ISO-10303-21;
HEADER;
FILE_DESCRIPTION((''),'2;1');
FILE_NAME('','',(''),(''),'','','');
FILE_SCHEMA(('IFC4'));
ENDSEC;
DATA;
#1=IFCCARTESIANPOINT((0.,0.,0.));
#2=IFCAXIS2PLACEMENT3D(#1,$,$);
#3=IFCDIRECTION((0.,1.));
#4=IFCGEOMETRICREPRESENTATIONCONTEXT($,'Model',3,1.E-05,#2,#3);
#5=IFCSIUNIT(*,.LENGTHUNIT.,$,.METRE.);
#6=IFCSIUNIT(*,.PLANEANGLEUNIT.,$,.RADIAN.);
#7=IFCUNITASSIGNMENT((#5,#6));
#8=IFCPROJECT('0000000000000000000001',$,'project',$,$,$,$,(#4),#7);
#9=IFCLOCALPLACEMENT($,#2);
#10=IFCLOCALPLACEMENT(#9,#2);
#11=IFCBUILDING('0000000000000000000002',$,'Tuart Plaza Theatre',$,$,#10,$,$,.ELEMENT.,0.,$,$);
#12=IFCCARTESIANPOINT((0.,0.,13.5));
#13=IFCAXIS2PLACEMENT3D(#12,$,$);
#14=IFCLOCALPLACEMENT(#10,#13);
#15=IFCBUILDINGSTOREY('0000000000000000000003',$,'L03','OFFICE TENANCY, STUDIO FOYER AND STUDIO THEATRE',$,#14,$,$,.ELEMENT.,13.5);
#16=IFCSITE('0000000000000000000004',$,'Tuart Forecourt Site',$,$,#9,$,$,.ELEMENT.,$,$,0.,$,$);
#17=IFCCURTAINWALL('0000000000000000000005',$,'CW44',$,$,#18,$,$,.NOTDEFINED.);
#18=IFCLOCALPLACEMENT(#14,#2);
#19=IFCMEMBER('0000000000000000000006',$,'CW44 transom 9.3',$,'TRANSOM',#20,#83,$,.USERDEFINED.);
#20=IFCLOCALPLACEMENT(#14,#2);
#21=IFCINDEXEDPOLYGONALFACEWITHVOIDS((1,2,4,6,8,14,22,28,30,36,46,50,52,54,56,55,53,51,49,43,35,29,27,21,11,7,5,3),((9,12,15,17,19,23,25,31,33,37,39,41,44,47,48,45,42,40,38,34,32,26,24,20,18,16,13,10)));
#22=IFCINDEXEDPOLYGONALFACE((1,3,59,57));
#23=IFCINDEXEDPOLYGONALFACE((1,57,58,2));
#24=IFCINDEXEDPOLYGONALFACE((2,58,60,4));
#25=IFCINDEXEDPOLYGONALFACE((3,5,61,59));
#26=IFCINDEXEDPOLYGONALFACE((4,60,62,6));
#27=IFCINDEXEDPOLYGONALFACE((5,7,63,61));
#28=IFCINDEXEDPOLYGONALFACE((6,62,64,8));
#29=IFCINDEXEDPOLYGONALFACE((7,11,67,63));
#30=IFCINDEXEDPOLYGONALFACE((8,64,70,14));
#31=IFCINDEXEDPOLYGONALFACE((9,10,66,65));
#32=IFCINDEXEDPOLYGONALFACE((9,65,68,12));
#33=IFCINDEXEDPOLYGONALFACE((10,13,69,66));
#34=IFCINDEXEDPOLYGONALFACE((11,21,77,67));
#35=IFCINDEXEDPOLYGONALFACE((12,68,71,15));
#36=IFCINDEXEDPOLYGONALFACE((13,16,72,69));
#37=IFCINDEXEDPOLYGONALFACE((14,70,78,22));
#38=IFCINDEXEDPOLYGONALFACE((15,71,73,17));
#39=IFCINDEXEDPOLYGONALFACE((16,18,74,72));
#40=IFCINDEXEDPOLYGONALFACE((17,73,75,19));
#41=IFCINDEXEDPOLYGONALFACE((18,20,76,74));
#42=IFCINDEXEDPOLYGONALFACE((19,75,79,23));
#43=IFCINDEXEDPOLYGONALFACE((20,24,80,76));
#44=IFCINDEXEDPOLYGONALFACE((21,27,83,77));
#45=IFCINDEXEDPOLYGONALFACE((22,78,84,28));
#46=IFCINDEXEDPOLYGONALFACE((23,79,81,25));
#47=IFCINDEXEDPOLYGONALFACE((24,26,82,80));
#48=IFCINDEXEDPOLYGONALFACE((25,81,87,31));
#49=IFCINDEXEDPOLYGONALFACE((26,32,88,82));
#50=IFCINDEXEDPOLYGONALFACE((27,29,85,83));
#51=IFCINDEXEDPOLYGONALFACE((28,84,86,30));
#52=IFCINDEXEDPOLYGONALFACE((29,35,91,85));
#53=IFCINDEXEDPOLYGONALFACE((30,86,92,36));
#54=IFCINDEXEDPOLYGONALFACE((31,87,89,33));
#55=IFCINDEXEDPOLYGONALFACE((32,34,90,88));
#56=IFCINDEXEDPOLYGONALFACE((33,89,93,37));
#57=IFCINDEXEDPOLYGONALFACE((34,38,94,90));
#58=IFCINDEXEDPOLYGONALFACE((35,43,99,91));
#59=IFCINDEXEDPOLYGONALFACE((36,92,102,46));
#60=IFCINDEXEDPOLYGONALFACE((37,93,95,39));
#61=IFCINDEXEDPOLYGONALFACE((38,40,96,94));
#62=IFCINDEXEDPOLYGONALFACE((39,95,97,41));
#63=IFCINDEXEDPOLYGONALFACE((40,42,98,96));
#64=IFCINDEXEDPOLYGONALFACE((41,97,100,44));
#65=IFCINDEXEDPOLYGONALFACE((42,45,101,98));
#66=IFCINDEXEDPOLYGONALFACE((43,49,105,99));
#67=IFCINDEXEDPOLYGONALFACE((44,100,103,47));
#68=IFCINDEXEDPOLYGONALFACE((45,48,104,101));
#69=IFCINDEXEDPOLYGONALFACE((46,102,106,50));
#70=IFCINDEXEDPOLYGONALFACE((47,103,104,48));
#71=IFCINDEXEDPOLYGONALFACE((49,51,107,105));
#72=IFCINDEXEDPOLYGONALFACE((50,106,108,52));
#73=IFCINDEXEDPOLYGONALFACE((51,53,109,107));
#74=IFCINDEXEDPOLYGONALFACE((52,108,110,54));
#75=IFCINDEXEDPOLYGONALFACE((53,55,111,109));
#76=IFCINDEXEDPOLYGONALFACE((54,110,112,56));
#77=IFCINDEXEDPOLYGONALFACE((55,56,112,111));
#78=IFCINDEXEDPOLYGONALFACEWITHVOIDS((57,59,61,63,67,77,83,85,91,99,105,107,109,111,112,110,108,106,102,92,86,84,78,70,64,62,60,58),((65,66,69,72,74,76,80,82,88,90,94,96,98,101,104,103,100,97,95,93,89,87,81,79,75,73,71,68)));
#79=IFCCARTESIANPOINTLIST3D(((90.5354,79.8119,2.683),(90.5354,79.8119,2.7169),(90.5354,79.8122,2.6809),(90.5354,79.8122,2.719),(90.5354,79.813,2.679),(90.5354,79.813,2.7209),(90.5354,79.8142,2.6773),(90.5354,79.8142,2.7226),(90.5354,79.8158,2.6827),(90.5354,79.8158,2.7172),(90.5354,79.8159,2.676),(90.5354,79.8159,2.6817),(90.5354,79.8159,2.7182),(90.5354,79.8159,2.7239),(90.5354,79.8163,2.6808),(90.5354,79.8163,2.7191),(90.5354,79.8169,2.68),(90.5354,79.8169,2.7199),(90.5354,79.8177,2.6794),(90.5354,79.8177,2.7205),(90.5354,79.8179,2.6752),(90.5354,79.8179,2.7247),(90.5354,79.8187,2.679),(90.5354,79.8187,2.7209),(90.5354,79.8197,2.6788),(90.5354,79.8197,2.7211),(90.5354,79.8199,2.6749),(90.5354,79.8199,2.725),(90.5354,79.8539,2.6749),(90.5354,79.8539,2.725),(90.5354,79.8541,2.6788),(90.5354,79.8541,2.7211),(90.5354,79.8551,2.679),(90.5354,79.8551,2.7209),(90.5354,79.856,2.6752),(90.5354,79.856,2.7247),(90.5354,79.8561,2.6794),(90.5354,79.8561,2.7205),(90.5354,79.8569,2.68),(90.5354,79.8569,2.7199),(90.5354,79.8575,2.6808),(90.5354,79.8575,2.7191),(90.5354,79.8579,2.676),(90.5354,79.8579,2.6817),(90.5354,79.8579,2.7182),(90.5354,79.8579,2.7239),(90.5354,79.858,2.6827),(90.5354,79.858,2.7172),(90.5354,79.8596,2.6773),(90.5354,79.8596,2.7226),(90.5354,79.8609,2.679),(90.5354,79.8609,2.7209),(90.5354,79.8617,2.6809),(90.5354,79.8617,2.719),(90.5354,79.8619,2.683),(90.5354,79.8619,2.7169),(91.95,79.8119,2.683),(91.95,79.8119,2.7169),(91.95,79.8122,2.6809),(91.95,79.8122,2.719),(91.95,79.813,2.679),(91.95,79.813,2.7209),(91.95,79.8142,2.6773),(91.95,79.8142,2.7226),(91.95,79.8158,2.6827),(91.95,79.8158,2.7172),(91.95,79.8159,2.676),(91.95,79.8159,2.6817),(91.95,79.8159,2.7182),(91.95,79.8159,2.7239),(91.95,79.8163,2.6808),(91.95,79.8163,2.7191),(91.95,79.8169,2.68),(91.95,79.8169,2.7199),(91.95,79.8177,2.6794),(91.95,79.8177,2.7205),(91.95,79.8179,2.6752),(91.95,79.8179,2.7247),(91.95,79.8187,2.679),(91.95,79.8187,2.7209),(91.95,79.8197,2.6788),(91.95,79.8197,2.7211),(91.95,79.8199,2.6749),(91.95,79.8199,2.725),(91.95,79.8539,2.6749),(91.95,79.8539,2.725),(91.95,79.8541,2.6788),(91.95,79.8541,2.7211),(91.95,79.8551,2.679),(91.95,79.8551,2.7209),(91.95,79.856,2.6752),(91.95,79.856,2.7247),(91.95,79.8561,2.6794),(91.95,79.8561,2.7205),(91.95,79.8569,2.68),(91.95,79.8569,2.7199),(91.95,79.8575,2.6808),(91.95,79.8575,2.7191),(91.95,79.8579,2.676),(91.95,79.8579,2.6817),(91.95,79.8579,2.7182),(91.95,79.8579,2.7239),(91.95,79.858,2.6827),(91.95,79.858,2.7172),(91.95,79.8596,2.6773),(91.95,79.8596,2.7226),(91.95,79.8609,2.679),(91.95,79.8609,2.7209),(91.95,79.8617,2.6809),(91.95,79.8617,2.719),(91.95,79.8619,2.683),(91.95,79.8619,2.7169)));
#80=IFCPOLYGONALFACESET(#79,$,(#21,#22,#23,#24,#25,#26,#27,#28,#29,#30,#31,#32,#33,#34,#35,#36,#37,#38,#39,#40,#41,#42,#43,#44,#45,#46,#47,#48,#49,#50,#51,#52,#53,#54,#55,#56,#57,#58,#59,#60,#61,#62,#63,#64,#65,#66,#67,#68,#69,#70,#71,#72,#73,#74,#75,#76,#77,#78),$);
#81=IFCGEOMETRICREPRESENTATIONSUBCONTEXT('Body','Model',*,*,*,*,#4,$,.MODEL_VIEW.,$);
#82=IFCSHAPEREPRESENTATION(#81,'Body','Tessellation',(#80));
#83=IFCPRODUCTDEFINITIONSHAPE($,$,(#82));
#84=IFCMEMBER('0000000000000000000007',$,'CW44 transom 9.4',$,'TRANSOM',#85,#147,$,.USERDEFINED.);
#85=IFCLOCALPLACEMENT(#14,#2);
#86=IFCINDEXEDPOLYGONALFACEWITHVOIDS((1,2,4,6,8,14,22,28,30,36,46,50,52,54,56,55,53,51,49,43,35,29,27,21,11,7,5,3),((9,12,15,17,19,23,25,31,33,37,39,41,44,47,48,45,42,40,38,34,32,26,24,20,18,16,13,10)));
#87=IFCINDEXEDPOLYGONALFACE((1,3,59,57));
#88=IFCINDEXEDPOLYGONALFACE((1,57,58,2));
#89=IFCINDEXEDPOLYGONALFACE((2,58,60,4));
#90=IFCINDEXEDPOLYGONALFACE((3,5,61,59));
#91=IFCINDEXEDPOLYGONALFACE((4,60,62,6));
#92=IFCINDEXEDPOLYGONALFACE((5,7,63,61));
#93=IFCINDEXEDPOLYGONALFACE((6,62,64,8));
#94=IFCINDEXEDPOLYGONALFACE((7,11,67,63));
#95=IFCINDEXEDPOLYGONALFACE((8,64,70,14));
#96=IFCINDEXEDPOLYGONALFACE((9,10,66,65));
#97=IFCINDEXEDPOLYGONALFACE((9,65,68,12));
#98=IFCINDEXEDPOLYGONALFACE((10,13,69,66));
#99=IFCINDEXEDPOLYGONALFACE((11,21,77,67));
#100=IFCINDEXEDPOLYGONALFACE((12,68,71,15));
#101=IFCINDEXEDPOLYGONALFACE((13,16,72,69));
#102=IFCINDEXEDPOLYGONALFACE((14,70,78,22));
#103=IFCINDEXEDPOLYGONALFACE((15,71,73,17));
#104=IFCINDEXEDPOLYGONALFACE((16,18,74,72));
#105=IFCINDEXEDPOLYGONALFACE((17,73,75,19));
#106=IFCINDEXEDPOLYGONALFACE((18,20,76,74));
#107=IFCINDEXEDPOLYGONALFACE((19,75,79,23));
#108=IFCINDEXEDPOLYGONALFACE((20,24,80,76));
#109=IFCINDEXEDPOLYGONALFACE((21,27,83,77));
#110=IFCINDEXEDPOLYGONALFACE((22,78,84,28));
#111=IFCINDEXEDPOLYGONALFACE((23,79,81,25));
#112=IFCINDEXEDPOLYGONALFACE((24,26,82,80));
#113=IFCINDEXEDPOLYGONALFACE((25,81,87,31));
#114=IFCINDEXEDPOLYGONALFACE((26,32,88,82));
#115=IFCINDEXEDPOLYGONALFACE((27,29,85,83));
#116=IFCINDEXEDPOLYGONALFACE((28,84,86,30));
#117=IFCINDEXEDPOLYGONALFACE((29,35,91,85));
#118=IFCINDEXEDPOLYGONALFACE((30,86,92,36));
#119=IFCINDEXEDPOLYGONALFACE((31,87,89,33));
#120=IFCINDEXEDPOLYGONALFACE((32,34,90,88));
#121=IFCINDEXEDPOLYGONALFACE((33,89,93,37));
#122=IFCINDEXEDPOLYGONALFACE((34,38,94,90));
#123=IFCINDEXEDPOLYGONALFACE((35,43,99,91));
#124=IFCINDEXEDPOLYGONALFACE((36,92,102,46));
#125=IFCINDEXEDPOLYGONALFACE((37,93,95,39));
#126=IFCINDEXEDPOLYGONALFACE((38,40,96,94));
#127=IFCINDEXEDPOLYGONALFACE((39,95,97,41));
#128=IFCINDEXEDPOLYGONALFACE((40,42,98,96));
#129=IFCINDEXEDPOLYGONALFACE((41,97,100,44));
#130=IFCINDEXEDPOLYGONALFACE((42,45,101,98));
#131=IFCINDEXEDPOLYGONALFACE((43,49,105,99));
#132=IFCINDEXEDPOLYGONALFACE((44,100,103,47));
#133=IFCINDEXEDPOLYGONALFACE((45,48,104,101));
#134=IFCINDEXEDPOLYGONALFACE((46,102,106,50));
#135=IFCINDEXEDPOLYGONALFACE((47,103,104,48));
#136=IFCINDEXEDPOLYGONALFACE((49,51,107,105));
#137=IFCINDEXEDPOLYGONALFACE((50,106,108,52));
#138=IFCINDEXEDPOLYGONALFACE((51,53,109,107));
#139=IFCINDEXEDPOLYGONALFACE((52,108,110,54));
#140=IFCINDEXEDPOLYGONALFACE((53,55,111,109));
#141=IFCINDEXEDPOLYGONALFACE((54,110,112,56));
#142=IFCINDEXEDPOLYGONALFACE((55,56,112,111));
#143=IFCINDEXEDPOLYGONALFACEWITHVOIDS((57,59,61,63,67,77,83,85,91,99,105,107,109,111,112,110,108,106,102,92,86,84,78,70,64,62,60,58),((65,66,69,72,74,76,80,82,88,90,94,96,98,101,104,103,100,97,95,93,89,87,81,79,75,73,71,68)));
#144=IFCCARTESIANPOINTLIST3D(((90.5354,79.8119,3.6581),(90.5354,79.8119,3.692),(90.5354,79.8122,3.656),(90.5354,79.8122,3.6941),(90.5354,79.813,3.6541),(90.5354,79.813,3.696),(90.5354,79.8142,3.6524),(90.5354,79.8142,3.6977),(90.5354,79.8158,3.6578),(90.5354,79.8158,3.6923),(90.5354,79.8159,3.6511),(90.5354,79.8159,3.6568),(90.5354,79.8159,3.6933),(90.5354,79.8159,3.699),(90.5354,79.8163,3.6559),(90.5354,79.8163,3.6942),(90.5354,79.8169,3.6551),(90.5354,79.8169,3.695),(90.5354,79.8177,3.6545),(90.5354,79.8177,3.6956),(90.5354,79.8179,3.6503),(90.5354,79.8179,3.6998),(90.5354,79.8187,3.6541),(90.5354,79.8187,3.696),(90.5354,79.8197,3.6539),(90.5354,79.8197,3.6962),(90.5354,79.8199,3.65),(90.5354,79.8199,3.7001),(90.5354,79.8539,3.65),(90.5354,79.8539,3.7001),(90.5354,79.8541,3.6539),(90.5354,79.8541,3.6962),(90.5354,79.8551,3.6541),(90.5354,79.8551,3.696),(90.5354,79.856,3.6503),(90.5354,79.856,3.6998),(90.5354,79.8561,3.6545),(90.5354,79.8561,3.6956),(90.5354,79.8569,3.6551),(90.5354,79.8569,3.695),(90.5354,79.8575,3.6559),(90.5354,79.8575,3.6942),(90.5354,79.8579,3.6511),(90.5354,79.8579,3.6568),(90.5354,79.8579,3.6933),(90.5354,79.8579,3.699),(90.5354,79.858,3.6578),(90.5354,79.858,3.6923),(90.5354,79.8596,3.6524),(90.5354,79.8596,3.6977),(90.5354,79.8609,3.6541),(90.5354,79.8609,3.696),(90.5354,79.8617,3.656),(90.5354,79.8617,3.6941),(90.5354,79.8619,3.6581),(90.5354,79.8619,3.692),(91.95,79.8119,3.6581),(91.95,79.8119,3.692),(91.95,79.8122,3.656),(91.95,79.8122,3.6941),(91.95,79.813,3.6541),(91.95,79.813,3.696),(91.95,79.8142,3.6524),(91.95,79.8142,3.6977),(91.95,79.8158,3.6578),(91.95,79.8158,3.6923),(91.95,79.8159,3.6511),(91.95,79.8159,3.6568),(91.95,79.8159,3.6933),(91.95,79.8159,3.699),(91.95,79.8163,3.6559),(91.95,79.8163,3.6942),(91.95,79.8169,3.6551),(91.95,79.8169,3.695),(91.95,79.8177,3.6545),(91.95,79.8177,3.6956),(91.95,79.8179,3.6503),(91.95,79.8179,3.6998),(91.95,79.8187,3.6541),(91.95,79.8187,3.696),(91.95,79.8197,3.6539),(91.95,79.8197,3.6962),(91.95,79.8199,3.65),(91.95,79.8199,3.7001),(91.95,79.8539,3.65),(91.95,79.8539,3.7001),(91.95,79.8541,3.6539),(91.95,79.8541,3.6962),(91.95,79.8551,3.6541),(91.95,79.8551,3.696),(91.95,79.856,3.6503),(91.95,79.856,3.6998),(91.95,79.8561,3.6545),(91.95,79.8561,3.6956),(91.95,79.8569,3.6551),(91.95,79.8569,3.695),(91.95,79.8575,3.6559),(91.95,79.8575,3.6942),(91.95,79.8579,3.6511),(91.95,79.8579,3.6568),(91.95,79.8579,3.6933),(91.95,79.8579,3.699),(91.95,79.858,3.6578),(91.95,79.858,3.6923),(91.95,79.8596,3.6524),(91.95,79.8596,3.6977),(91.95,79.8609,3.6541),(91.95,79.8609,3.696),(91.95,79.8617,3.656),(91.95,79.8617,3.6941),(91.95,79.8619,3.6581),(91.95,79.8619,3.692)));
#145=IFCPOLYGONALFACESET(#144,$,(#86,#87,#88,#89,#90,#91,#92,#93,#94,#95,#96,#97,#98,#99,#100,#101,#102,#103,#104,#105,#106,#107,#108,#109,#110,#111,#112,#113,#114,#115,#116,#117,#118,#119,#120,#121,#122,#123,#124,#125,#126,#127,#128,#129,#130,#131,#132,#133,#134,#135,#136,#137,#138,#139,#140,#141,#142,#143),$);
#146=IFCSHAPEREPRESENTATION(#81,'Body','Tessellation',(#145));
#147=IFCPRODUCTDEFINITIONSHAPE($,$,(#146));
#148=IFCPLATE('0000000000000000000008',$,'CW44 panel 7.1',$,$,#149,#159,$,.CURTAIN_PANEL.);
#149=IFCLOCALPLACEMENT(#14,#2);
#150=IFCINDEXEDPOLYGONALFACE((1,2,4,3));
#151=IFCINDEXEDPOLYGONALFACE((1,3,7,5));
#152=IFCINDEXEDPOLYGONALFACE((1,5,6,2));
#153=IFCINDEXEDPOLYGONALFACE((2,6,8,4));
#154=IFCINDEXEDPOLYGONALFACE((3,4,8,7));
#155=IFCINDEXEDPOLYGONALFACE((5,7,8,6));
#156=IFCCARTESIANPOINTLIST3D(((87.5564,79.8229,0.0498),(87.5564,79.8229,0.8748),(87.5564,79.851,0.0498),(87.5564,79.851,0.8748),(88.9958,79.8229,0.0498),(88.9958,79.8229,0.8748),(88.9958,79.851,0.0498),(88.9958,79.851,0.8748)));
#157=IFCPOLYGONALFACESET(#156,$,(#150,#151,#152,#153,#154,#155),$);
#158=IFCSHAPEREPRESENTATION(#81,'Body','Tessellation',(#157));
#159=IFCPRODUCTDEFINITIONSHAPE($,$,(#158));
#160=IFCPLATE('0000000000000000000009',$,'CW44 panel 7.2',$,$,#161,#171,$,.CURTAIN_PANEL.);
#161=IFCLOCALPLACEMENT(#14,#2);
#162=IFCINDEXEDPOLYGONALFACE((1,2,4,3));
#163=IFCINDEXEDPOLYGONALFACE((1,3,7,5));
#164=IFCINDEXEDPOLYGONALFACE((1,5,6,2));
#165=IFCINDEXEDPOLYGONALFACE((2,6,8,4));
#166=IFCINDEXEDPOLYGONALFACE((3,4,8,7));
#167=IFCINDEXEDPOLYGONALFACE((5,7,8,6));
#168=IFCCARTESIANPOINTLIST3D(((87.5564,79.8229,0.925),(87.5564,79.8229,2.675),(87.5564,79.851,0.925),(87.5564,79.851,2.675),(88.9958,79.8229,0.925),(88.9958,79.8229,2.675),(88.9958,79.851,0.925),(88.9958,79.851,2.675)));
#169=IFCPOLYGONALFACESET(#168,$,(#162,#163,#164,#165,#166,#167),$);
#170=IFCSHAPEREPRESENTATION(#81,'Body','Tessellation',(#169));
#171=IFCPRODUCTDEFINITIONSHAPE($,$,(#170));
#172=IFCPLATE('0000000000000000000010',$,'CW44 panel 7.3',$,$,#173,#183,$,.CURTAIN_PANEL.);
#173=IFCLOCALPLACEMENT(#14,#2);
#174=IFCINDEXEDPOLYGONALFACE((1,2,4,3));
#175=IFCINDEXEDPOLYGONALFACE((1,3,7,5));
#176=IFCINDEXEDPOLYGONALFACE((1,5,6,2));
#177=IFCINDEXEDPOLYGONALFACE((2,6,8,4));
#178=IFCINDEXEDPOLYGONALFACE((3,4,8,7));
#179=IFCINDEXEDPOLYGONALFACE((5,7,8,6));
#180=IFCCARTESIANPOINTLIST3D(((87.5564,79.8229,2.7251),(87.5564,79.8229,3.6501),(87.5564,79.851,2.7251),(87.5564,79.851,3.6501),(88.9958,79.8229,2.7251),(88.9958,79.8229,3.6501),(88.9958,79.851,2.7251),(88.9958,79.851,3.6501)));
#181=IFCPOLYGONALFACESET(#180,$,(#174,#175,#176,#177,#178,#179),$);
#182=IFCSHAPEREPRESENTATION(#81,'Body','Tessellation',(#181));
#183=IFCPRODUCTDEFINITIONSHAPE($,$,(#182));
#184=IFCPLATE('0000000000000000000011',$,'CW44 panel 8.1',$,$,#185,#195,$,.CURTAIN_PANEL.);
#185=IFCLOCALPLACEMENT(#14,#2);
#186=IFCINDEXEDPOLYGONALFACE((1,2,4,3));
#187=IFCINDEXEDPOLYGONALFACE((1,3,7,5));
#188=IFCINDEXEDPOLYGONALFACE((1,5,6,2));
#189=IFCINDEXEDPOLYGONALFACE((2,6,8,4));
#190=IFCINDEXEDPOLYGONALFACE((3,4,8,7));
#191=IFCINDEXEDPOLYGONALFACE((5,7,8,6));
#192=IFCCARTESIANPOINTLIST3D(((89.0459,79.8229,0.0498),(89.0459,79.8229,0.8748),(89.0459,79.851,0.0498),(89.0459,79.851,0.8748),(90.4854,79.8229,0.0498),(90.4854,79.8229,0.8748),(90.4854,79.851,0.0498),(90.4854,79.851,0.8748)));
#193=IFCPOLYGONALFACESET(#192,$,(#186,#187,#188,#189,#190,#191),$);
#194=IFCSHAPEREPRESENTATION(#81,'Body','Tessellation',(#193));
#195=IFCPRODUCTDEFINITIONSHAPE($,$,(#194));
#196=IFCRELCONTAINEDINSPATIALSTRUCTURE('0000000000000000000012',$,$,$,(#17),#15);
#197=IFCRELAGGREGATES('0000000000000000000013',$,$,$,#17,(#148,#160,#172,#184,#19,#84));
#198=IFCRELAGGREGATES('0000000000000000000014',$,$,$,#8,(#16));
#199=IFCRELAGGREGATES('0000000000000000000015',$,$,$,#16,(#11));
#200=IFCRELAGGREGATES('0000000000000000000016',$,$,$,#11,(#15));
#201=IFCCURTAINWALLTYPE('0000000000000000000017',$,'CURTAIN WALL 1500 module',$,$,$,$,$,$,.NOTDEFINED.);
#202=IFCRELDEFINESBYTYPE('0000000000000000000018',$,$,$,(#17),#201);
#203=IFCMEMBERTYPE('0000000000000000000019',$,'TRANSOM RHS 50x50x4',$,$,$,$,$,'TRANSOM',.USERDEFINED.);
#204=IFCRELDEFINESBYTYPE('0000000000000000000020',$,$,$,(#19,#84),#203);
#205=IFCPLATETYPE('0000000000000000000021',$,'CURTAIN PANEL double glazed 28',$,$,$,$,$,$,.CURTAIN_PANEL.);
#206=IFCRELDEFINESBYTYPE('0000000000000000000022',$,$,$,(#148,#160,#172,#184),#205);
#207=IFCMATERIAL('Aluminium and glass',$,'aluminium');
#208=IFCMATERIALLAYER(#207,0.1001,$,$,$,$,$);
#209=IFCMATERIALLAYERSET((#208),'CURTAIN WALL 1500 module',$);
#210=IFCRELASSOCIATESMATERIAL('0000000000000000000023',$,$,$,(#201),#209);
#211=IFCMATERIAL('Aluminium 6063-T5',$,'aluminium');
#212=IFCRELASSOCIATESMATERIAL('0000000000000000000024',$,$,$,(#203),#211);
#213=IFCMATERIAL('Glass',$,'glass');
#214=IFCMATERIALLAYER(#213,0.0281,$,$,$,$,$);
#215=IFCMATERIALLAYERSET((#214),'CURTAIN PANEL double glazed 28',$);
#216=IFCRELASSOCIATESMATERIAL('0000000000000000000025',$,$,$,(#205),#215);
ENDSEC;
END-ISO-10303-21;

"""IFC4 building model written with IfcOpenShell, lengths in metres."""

from ifc_helpers import new_model, si_unit, direction, frame, origin, origin_2d, place, context, subcontext, project, spatial, rectangle, hollow_rectangle, extrude, material, layer, layer_set, material_profile, profile_set, type_object, element, aggregate, save


model = new_model("IFC4")

# Units and contexts
model_context = context("Model", 3, precision=1e-05, world=origin(), true_north=direction((0.0, 1.0)))
body_context = subcontext(model_context, "Body", "Model", "MODEL_VIEW")
ifc_project = project(units=[si_unit("LENGTHUNIT", "METRE"), si_unit("PLANEANGLEUNIT", "RADIAN")], contexts=[model_context])

# Site, building, storey
site_placement = place(None, origin())
site = spatial("IfcSite", under=ifc_project, at=site_placement, Name="Tuart Forecourt Site", CompositionType="ELEMENT", RefElevation=0.0)
building_placement = place(site_placement, origin())
building = spatial("IfcBuilding", under=site, at=building_placement, Name="Tuart Plaza Theatre", CompositionType="ELEMENT", ElevationOfRefHeight=0.0)
storey_placement = place(building_placement, frame((0.0, 0.0, 13.5)))
storey = spatial("IfcBuildingStorey", under=building, at=storey_placement, Name="L03", Description="OFFICE TENANCY, STUDIO FOYER AND STUDIO THEATRE", CompositionType="ELEMENT", Elevation=13.5)

# Curtain wall, members, plates
ifc_material_1 = material(Name="Aluminium and glass", Category="aluminium")
ifc_layer_1 = layer(ifc_material_1, 0.1001)
ifc_layer_set_1 = layer_set([ifc_layer_1], Name="CURTAIN WALL 1500 module")
curtain_wall_type = type_object("IfcCurtainWallType", Name="CURTAIN WALL 1500 module", PredefinedType="NOTDEFINED", material=ifc_layer_set_1)
curtain_wall_placement = place(storey_placement, origin())
curtain_wall = element("IfcCurtainWall", 1, at=curtain_wall_placement, inside=storey, type_object=curtain_wall_type, Name="CW44", PredefinedType="NOTDEFINED")
ifc_material_2 = material(Name="Aluminium 6063-T5", Category="aluminium")
ifc_material_profile_1 = material_profile(ifc_material_2, hollow_rectangle(XDim=0.05, YDim=0.05, WallThickness=0.0039, InnerFilletRadius=0.0039, OuterFilletRadius=0.0081, at=origin_2d()), Name="RHS 50x50x4")
ifc_profile_set_1 = profile_set([ifc_material_profile_1], Name="Aluminium 6063-T5")
member_type_1 = type_object("IfcMemberType", Name="TRANSOM RHS 50x50x4", ElementType="TRANSOM", PredefinedType="USERDEFINED", material=ifc_profile_set_1)
member_1_placement = place(storey_placement, frame((90.5354, 79.8369, 2.7), z_axis=(1.0, 0.0, 0.0), x_axis=(0.0, 1.0, 0.0)))
member_1 = element("IfcMember", 2, at=member_1_placement, type_object=member_type_1, Name="CW44 transom 9.3", ObjectType="TRANSOM", PredefinedType="USERDEFINED", context=body_context, shape_type="SweptSolid", body=[
    extrude(hollow_rectangle(XDim=0.05, YDim=0.05, WallThickness=0.0039, InnerFilletRadius=0.0039, OuterFilletRadius=0.0081, at=origin_2d()), origin(), (0.0, 0.0, 1.0), 1.4146),
])
member_2_placement = place(storey_placement, frame((90.5354, 79.8369, 3.675), z_axis=(1.0, 0.0, 0.0), x_axis=(0.0, 1.0, 0.0)))
member_2 = element("IfcMember", 3, at=member_2_placement, type_object=member_type_1, Name="CW44 transom 9.4", ObjectType="TRANSOM", PredefinedType="USERDEFINED", context=body_context, shape_type="SweptSolid", body=[
    extrude(hollow_rectangle(XDim=0.05, YDim=0.05, WallThickness=0.0039, InnerFilletRadius=0.0039, OuterFilletRadius=0.0081, at=origin_2d()), origin(), (0.0, 0.0, 1.0), 1.4146),
])
ifc_material_3 = material(Name="Glass", Category="glass")
ifc_layer_2 = layer(ifc_material_3, 0.0281)
ifc_layer_set_2 = layer_set([ifc_layer_2], Name="CURTAIN PANEL double glazed 28")
plate_type = type_object("IfcPlateType", Name="CURTAIN PANEL double glazed 28", PredefinedType="CURTAIN_PANEL", material=ifc_layer_set_2)
plate_1_placement = place(storey_placement, frame((88.2761, 79.8369, 0.0498), z_axis=(0.0, 0.0, 1.0), x_axis=(1.0, 0.0, 0.0)))
plate_1 = element("IfcPlate", 4, at=plate_1_placement, type_object=plate_type, Name="CW44 panel 7.1", PredefinedType="CURTAIN_PANEL", context=body_context, shape_type="SweptSolid", body=[
    extrude(rectangle(XDim=1.4395, YDim=0.0281, at=origin_2d()), origin(), (0.0, 0.0, 1.0), 0.825),
])
plate_2_placement = place(storey_placement, frame((88.2761, 79.8369, 0.925), z_axis=(0.0, 0.0, 1.0), x_axis=(1.0, 0.0, 0.0)))
plate_2 = element("IfcPlate", 5, at=plate_2_placement, type_object=plate_type, Name="CW44 panel 7.2", PredefinedType="CURTAIN_PANEL", context=body_context, shape_type="SweptSolid", body=[
    extrude(rectangle(XDim=1.4395, YDim=0.0281, at=origin_2d()), origin(), (0.0, 0.0, 1.0), 1.75),
])
plate_3_placement = place(storey_placement, frame((88.2761, 79.8369, 2.7251), z_axis=(0.0, 0.0, 1.0), x_axis=(1.0, 0.0, 0.0)))
plate_3 = element("IfcPlate", 6, at=plate_3_placement, type_object=plate_type, Name="CW44 panel 7.3", PredefinedType="CURTAIN_PANEL", context=body_context, shape_type="SweptSolid", body=[
    extrude(rectangle(XDim=1.4395, YDim=0.0281, at=origin_2d()), origin(), (0.0, 0.0, 1.0), 0.925),
])
plate_4_placement = place(storey_placement, frame((89.7656, 79.8369, 0.0498), z_axis=(0.0, 0.0, 1.0), x_axis=(1.0, 0.0, 0.0)))
plate_4 = element("IfcPlate", 7, at=plate_4_placement, type_object=plate_type, Name="CW44 panel 8.1", PredefinedType="CURTAIN_PANEL", context=body_context, shape_type="SweptSolid", body=[
    extrude(rectangle(XDim=1.4395, YDim=0.0281, at=origin_2d()), origin(), (0.0, 0.0, 1.0), 0.825),
])
aggregate(curtain_wall, [plate_1, plate_2, plate_3, plate_4, member_1, member_2])

save(model, "model.ifc")
